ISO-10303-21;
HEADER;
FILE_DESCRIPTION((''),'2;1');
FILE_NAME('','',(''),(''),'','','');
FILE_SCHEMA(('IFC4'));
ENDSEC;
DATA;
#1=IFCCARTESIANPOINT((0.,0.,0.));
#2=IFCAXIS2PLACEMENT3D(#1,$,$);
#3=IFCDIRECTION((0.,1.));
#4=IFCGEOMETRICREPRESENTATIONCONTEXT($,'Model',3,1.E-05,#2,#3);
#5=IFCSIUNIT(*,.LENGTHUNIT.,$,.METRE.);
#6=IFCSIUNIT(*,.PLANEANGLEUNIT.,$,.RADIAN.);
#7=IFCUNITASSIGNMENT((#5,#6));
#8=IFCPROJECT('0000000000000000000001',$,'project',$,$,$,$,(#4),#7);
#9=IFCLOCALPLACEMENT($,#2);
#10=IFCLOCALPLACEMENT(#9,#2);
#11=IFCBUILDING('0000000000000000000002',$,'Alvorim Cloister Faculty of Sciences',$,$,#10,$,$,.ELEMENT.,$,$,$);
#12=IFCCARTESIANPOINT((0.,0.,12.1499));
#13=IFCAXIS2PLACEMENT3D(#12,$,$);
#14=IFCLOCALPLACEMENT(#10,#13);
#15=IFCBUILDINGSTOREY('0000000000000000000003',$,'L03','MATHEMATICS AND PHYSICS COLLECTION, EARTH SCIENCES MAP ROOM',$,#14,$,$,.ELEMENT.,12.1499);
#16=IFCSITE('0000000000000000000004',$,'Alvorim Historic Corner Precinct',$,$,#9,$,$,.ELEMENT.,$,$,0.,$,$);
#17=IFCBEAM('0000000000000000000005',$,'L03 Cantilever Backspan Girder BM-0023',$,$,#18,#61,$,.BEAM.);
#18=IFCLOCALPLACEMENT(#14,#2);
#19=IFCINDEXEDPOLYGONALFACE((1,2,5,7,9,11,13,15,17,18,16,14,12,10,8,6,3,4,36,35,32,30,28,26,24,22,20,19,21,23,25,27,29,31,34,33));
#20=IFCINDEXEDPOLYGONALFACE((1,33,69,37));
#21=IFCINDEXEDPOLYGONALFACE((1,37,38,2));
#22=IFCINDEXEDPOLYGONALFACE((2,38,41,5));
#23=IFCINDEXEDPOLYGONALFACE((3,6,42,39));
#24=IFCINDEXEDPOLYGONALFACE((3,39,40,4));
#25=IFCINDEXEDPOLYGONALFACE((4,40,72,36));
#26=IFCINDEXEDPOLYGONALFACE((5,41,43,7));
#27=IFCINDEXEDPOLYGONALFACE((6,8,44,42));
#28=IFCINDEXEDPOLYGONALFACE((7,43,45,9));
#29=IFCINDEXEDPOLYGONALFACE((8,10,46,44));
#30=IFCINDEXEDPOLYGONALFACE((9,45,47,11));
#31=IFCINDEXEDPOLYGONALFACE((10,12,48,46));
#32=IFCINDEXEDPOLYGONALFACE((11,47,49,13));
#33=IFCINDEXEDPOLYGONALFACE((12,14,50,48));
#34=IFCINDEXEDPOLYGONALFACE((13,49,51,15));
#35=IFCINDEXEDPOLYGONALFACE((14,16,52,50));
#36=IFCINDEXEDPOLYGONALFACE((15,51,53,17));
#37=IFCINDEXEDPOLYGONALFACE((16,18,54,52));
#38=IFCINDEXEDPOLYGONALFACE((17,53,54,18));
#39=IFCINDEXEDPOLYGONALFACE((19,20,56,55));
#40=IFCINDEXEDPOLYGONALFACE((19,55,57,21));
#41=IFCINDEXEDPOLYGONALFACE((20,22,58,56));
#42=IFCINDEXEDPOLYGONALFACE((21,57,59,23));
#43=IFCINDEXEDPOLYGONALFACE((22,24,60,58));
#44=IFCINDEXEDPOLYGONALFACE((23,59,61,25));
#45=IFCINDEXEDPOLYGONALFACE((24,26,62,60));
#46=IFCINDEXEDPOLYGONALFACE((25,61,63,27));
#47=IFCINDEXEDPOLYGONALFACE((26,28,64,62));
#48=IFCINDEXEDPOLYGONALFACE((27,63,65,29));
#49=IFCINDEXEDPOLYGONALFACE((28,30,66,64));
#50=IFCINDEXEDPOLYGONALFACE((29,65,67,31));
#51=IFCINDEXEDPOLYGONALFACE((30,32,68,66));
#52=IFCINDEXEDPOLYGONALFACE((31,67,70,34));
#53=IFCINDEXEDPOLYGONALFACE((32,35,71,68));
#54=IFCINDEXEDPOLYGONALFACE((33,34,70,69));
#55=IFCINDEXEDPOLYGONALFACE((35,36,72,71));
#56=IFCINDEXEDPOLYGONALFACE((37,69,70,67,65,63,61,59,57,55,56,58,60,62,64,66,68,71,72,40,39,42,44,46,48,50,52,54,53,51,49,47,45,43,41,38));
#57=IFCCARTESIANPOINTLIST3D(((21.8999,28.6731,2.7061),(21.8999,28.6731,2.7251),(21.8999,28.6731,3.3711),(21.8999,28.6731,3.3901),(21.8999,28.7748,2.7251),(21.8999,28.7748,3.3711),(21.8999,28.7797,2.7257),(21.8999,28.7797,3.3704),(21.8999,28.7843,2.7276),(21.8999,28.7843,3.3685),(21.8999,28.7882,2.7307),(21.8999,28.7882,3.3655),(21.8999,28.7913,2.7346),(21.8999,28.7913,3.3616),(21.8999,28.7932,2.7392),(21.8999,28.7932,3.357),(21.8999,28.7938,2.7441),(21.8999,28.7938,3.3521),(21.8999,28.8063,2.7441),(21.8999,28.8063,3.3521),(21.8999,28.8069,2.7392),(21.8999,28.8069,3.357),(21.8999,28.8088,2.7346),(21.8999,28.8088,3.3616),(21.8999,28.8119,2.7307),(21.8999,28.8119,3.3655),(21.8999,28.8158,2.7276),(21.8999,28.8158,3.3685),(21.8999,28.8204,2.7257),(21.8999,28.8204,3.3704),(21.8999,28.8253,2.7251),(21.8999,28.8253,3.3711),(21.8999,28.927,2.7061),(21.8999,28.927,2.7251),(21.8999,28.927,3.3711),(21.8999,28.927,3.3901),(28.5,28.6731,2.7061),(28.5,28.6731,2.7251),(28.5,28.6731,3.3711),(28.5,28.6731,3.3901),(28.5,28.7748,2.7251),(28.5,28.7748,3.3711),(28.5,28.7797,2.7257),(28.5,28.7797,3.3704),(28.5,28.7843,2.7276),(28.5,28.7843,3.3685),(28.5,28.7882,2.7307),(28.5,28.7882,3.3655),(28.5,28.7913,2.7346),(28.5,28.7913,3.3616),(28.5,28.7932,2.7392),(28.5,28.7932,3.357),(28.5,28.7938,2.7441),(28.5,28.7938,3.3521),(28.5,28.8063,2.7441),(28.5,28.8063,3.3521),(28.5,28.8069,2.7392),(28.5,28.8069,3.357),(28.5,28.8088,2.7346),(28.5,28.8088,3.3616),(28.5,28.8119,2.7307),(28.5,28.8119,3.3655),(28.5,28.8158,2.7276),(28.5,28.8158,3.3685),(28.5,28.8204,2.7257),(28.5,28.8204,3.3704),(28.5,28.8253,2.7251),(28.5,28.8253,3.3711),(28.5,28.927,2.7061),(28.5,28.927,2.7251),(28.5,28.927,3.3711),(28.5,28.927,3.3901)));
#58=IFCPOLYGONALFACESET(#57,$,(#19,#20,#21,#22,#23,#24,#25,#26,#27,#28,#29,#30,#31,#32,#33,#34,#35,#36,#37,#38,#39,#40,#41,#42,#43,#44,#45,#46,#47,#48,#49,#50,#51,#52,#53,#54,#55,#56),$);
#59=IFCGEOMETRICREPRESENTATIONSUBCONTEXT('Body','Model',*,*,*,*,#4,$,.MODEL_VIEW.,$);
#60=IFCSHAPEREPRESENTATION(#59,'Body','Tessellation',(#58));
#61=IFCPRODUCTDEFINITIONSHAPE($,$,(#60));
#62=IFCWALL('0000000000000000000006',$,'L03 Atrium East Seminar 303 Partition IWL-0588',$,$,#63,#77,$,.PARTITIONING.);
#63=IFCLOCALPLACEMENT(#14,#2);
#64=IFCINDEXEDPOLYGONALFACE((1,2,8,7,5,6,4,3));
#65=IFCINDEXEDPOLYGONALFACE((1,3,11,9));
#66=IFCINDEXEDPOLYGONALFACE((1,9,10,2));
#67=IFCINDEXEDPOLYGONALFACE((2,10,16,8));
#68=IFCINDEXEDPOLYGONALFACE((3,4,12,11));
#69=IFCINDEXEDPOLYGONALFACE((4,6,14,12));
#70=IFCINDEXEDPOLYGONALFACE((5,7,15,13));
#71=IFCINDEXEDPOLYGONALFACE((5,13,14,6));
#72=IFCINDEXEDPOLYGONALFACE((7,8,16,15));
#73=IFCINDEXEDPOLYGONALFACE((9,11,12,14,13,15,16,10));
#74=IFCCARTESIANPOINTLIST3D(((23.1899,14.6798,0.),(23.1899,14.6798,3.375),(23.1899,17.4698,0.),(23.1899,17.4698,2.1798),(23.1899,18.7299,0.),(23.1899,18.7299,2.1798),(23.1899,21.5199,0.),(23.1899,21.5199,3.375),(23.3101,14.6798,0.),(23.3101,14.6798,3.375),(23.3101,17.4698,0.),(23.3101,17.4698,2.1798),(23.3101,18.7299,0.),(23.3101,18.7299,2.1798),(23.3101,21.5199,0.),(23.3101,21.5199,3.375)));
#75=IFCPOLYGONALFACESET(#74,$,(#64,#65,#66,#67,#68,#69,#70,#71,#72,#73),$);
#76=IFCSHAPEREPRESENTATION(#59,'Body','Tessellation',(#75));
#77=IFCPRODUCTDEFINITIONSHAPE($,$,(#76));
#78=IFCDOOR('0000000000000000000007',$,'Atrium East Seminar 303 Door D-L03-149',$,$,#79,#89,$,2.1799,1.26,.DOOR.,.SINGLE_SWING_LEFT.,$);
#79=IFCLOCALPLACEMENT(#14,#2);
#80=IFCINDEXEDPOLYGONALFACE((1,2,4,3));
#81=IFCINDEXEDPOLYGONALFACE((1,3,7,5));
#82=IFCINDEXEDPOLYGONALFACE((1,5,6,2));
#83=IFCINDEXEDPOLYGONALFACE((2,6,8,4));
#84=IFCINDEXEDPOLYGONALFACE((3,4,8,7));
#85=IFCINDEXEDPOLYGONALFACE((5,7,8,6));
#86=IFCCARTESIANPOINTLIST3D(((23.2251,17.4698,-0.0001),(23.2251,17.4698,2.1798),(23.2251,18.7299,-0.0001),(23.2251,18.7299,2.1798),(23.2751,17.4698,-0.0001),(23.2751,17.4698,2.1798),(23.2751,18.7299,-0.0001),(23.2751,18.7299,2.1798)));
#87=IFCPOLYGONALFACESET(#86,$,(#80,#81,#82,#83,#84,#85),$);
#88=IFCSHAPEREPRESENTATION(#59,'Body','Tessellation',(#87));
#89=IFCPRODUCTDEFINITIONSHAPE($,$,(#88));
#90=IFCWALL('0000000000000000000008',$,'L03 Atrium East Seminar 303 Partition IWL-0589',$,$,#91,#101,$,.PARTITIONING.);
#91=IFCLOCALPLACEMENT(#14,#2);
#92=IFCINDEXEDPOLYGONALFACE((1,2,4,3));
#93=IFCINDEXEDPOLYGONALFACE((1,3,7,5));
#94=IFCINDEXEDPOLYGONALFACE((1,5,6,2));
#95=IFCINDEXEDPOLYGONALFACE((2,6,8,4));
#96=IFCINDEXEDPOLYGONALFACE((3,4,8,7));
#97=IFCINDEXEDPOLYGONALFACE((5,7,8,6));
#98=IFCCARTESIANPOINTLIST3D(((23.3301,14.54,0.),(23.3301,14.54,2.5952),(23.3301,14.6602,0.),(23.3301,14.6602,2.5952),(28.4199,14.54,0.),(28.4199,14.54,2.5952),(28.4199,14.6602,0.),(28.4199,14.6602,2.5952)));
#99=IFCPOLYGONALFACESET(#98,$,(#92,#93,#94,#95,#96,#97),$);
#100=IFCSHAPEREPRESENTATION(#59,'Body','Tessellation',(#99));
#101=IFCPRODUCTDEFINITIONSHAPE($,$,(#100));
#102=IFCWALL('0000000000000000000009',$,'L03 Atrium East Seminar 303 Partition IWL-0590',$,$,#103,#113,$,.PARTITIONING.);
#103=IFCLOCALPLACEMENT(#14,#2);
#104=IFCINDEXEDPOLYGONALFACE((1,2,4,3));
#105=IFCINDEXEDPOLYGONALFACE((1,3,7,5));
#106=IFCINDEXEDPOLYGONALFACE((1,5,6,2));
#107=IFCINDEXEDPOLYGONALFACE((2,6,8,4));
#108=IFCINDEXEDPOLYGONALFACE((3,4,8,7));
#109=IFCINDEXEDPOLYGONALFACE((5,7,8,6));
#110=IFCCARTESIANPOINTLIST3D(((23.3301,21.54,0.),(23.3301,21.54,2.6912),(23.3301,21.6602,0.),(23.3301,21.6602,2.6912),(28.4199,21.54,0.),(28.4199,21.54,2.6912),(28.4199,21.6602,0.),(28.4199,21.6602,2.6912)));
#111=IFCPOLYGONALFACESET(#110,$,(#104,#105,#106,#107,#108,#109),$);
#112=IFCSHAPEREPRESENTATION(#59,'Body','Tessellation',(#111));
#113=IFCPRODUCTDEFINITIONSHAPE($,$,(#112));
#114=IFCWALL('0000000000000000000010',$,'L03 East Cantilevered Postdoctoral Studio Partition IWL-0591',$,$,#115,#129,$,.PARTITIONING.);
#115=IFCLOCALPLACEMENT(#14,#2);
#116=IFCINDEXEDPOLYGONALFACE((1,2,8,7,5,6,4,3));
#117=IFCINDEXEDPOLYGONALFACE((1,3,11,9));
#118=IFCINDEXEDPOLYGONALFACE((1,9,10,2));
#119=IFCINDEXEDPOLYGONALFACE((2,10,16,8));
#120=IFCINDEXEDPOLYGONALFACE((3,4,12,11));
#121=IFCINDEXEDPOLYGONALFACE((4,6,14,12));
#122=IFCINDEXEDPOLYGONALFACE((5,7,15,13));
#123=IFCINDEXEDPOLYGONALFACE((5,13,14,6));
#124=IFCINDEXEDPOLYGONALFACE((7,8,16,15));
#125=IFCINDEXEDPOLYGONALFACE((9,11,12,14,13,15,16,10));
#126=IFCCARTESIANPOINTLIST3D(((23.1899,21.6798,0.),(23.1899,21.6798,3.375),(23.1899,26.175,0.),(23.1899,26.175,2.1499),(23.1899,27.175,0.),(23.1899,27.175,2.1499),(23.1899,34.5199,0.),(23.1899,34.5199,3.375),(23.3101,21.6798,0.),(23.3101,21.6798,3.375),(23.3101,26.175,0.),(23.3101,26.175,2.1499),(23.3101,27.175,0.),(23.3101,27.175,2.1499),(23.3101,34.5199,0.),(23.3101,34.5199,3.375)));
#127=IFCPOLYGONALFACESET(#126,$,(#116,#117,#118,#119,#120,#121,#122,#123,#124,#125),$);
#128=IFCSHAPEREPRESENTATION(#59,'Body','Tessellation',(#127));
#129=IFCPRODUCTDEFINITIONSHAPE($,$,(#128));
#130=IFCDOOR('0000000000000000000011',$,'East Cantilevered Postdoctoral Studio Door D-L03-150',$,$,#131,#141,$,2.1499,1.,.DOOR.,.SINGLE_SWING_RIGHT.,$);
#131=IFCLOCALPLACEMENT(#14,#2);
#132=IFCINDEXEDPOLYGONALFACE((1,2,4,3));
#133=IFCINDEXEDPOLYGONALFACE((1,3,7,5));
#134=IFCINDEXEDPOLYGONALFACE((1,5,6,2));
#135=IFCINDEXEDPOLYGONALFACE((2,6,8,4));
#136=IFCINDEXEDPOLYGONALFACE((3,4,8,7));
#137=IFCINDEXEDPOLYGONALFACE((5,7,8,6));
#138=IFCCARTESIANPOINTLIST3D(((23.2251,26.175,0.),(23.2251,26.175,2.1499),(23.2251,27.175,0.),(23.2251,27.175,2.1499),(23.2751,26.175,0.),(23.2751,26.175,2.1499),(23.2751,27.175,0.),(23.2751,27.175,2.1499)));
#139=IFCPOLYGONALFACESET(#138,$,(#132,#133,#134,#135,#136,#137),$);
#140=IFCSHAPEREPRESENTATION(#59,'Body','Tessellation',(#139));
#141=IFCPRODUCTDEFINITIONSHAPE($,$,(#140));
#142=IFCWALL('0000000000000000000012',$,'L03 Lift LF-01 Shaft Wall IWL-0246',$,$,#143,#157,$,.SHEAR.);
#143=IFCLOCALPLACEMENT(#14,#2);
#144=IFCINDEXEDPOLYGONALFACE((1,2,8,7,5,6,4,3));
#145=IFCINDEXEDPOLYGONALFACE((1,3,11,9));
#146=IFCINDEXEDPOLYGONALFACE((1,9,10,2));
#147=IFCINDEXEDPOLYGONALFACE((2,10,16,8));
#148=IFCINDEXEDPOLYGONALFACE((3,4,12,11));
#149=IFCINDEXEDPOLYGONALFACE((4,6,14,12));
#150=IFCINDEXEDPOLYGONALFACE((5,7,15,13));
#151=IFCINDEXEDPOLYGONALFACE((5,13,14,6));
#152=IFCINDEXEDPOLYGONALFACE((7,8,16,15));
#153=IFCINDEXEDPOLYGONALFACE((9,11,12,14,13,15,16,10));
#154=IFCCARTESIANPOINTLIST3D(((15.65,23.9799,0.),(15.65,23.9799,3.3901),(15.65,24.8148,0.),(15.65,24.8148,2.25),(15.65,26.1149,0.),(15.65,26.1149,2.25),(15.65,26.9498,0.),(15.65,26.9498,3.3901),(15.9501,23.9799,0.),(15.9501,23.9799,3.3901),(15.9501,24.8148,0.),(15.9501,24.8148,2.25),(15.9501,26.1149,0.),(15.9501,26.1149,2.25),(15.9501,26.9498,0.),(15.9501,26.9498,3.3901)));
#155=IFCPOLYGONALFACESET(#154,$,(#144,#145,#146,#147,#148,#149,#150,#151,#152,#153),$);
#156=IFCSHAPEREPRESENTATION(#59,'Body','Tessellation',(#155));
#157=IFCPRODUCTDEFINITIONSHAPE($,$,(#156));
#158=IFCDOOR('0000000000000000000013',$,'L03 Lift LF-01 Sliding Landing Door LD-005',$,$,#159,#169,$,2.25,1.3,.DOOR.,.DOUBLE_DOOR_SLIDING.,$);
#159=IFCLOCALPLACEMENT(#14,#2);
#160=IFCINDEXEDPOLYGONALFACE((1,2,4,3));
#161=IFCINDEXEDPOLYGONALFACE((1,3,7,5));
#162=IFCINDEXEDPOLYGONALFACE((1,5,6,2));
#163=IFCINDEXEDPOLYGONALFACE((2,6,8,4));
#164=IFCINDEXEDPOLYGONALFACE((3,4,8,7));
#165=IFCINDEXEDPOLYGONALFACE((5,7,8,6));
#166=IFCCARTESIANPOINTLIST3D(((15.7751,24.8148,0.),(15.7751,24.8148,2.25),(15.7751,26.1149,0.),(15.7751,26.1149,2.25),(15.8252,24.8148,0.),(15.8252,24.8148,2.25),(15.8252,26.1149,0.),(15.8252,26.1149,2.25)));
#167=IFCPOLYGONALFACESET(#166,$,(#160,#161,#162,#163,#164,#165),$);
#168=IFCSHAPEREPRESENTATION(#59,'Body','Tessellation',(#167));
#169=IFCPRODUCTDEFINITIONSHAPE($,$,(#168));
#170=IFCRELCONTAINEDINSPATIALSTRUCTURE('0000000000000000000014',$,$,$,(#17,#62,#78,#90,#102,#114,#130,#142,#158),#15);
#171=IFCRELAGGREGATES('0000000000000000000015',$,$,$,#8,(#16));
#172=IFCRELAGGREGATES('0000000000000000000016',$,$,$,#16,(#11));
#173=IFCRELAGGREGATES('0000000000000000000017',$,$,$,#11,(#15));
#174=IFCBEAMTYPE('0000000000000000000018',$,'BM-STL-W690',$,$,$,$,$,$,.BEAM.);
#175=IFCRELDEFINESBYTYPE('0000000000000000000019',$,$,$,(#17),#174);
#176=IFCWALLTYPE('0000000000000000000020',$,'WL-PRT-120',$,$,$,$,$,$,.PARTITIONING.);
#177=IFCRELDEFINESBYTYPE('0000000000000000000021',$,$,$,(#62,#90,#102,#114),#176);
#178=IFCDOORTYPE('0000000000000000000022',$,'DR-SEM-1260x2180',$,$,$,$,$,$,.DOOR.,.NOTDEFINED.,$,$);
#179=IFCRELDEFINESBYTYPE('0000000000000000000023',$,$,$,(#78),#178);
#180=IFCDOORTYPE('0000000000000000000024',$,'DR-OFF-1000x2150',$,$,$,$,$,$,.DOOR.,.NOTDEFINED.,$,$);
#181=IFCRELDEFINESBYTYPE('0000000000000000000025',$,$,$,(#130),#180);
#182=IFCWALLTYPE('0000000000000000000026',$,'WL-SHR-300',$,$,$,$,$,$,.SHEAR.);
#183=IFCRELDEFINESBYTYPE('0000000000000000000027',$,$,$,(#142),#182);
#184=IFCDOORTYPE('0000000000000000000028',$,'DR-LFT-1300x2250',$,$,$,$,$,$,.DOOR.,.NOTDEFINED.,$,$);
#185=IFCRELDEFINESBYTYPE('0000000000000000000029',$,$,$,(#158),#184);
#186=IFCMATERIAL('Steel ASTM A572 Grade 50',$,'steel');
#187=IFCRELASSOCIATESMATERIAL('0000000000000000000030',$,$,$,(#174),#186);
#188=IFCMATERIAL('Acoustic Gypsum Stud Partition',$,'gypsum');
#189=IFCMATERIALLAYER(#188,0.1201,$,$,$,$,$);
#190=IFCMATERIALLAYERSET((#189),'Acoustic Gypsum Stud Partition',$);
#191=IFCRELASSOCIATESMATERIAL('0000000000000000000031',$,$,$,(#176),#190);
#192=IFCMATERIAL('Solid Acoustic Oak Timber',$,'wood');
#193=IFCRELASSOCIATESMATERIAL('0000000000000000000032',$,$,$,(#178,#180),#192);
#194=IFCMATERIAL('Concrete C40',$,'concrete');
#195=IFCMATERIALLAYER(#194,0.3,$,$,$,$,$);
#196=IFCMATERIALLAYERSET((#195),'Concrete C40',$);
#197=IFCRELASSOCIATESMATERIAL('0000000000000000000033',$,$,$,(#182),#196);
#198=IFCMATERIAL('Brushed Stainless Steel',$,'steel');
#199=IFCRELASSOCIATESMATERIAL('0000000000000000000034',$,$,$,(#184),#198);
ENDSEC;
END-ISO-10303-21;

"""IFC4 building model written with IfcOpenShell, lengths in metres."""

from ifc_helpers import new_model, si_unit, direction, frame, frame_2d, origin, origin_2d, place, context, subcontext, project, spatial, rectangle, i_section, extrude, material, layer, layer_set, material_profile, profile_set, type_object, element, fill, save


model = new_model("IFC4")

# Units and contexts
model_context = context("Model", 3, precision=1e-05, world=origin(), true_north=direction((0.0, 1.0)))
body_context = subcontext(model_context, "Body", "Model", "MODEL_VIEW")
ifc_project = project(units=[si_unit("LENGTHUNIT", "METRE"), si_unit("PLANEANGLEUNIT", "RADIAN")], contexts=[model_context])

# Site, building, storey
site_placement = place(None, origin())
site = spatial("IfcSite", under=ifc_project, at=site_placement, Name="Alvorim Historic Corner Precinct", CompositionType="ELEMENT", RefElevation=0.0)
building_placement = place(site_placement, origin())
building = spatial("IfcBuilding", under=site, at=building_placement, Name="Alvorim Cloister Faculty of Sciences", CompositionType="ELEMENT")
storey_placement = place(building_placement, frame((0.0, 0.0, 12.1499)))
storey = spatial("IfcBuildingStorey", under=building, at=storey_placement, Name="L03", Description="MATHEMATICS AND PHYSICS COLLECTION, EARTH SCIENCES MAP ROOM", CompositionType="ELEMENT", Elevation=12.1499)

# Beam
ifc_material_1 = material(Name="Steel ASTM A572 Grade 50", Category="steel")
ifc_material_profile_1 = material_profile(ifc_material_1, i_section(OverallWidth=0.2539, OverallDepth=0.6841, WebThickness=0.0125, FlangeThickness=0.019, FilletRadius=0.019, at=origin_2d()), Name="W690x140.0")
ifc_profile_set_1 = profile_set([ifc_material_profile_1], Name="Steel ASTM A572 Grade 50")
beam_type_1 = type_object("IfcBeamType", Name="BM-STL-W690", PredefinedType="BEAM", material=ifc_profile_set_1)
for number, where, z_axis, x_axis, name in (
    (1, (21.8999, 28.8, 3.0481), (1.0, 0.0, 0.0), (0.0, 1.0, 0.0), "L03 Cantilever Backspan Girder BM-0023"),
):
    element("IfcBeam", number, at=place(storey_placement, frame(where, z_axis=z_axis, x_axis=x_axis)), inside=storey, type_object=beam_type_1, Name=name, PredefinedType="BEAM", context=body_context, shape_type="SweptSolid", body=[
        extrude(i_section(OverallWidth=0.2539, OverallDepth=0.6841, WebThickness=0.0125, FlangeThickness=0.019, FilletRadius=0.019, at=origin_2d()), origin(), (0.0, 0.0, 1.0), 6.6001),
    ])

# Wall, opening, door
ifc_material_2 = material(Name="Acoustic Gypsum Stud Partition", Category="gypsum")
ifc_layer_1 = layer(ifc_material_2, 0.1201)
ifc_layer_set_1 = layer_set([ifc_layer_1], Name="Acoustic Gypsum Stud Partition")
wall_type_1 = type_object("IfcWallType", Name="WL-PRT-120", PredefinedType="PARTITIONING", material=ifc_layer_set_1)
wall_1_placement = place(storey_placement, frame((23.25, 14.6799, 0.0), z_axis=(0.0, 0.0, 1.0), x_axis=(0.0, 1.0, 0.0)))
wall_1 = element("IfcWall", 2, at=wall_1_placement, inside=storey, type_object=wall_type_1, Name="L03 Atrium East Seminar 303 Partition IWL-0588", PredefinedType="PARTITIONING", context=body_context, shape_type="SweptSolid", body=[
    extrude(rectangle(XDim=6.8401, YDim=0.1201, at=frame_2d((3.4199, 0.0))), origin(), (0.0, 0.0, 1.0), 3.375),
])
opening_1_placement = place(wall_1_placement, frame((2.79, 0.0, 0.0)))
opening_1 = element("IfcOpeningElement", 3, at=opening_1_placement, cuts=wall_1, PredefinedType="OPENING", context=body_context, shape_type="SweptSolid", body=[
    extrude(rectangle(XDim=1.26, YDim=2.1799, at=frame_2d((0.6299, 1.0898))), frame((0.0, 0.072, 0.0), z_axis=(0.0, -1.0, 0.0), x_axis=(1.0, 0.0, 0.0)), (0.0, 0.0, 1.0), 0.144),
])
ifc_material_3 = material(Name="Solid Acoustic Oak Timber", Category="wood")
door_type_1 = type_object("IfcDoorType", Name="DR-SEM-1260x2180", OperationType="NOTDEFINED", PredefinedType="DOOR", material=ifc_material_3)
door_1_placement = place(opening_1_placement, origin())
door_1 = element("IfcDoor", 4, at=door_1_placement, inside=storey, type_object=door_type_1, Name="Atrium East Seminar 303 Door D-L03-149", OperationType="SINGLE_SWING_LEFT", OverallHeight=2.1799, OverallWidth=1.26, PredefinedType="DOOR", context=body_context, shape_type="SweptSolid", body=[
    extrude(rectangle(XDim=1.26, YDim=2.1799, at=frame_2d((0.6299, 1.0898))), frame((0.0, 0.0249, 0.0), z_axis=(0.0, -1.0, 0.0), x_axis=(1.0, 0.0, 0.0)), (0.0, 0.0, 1.0), 0.05),
])
fill(opening_1, door_1)

# Walls
wall_2_placement = place(storey_placement, frame((23.3301, 14.6001, 0.0), z_axis=(0.0, 0.0, 1.0), x_axis=(1.0, 0.0, 0.0)))
element("IfcWall", 5, at=wall_2_placement, inside=storey, type_object=wall_type_1, Name="L03 Atrium East Seminar 303 Partition IWL-0589", PredefinedType="PARTITIONING", context=body_context, shape_type="SweptSolid", body=[
    extrude(rectangle(XDim=5.0898, YDim=0.1201, at=frame_2d((2.5449, 0.0))), origin(), (0.0, 0.0, 1.0), 2.5952),
])
wall_3_placement = place(storey_placement, frame((23.3301, 21.6001, 0.0), z_axis=(0.0, 0.0, 1.0), x_axis=(1.0, 0.0, 0.0)))
element("IfcWall", 6, at=wall_3_placement, inside=storey, type_object=wall_type_1, Name="L03 Atrium East Seminar 303 Partition IWL-0590", PredefinedType="PARTITIONING", context=body_context, shape_type="SweptSolid", body=[
    extrude(rectangle(XDim=5.0898, YDim=0.1201, at=frame_2d((2.5449, 0.0))), origin(), (0.0, 0.0, 1.0), 2.6912),
])

# Walls, openings, doors
wall_4_placement = place(storey_placement, frame((23.25, 21.6799, 0.0), z_axis=(0.0, 0.0, 1.0), x_axis=(0.0, 1.0, 0.0)))
wall_4 = element("IfcWall", 7, at=wall_4_placement, inside=storey, type_object=wall_type_1, Name="L03 East Cantilevered Postdoctoral Studio Partition IWL-0591", PredefinedType="PARTITIONING", context=body_context, shape_type="SweptSolid", body=[
    extrude(rectangle(XDim=12.8401, YDim=0.1201, at=frame_2d((6.4199, 0.0))), origin(), (0.0, 0.0, 1.0), 3.375),
])
opening_2_placement = place(wall_4_placement, frame((4.4951, 0.0, 0.0)))
opening_2 = element("IfcOpeningElement", 8, at=opening_2_placement, cuts=wall_4, PredefinedType="OPENING", context=body_context, shape_type="SweptSolid", body=[
    extrude(rectangle(XDim=1.0, YDim=2.1499, at=frame_2d((0.5, 1.075))), frame((0.0, 0.072, 0.0), z_axis=(0.0, -1.0, 0.0), x_axis=(1.0, 0.0, 0.0)), (0.0, 0.0, 1.0), 0.144),
])
door_type_2 = type_object("IfcDoorType", Name="DR-OFF-1000x2150", OperationType="NOTDEFINED", PredefinedType="DOOR", material=ifc_material_3)
door_2_placement = place(opening_2_placement, origin())
door_2 = element("IfcDoor", 9, at=door_2_placement, inside=storey, type_object=door_type_2, Name="East Cantilevered Postdoctoral Studio Door D-L03-150", OperationType="SINGLE_SWING_RIGHT", OverallHeight=2.1499, OverallWidth=1.0, PredefinedType="DOOR", context=body_context, shape_type="SweptSolid", body=[
    extrude(rectangle(XDim=1.0, YDim=2.1499, at=frame_2d((0.5, 1.075))), frame((0.0, 0.0249, 0.0), z_axis=(0.0, -1.0, 0.0), x_axis=(1.0, 0.0, 0.0)), (0.0, 0.0, 1.0), 0.05),
])
fill(opening_2, door_2)
ifc_material_4 = material(Name="Concrete C40", Category="concrete")
ifc_layer_2 = layer(ifc_material_4, 0.3)
ifc_layer_set_2 = layer_set([ifc_layer_2], Name="Concrete C40")
wall_type_2 = type_object("IfcWallType", Name="WL-SHR-300", PredefinedType="SHEAR", material=ifc_layer_set_2)
wall_5_placement = place(storey_placement, frame((15.8, 23.98, 0.0), z_axis=(0.0, 0.0, 1.0), x_axis=(0.0, 1.0, 0.0)))
wall_5 = element("IfcWall", 10, at=wall_5_placement, inside=storey, type_object=wall_type_2, Name="L03 Lift LF-01 Shaft Wall IWL-0246", PredefinedType="SHEAR", context=body_context, shape_type="SweptSolid", body=[
    extrude(rectangle(XDim=2.97, YDim=0.3, at=frame_2d((1.4849, 0.0))), origin(), (0.0, 0.0, 1.0), 3.3901),
])
opening_3_placement = place(wall_5_placement, frame((0.835, 0.0, 0.0)))
opening_3 = element("IfcOpeningElement", 11, at=opening_3_placement, cuts=wall_5, PredefinedType="OPENING", context=body_context, shape_type="SweptSolid", body=[
    extrude(rectangle(XDim=1.3, YDim=2.25, at=frame_2d((0.6499, 1.125))), frame((0.0, 0.1621, 0.0), z_axis=(0.0, -1.0, 0.0), x_axis=(1.0, 0.0, 0.0)), (0.0, 0.0, 1.0), 0.324),
])
ifc_material_5 = material(Name="Brushed Stainless Steel", Category="steel")
door_type_3 = type_object("IfcDoorType", Name="DR-LFT-1300x2250", OperationType="NOTDEFINED", PredefinedType="DOOR", material=ifc_material_5)
door_3_placement = place(opening_3_placement, origin())
door_3 = element("IfcDoor", 12, at=door_3_placement, inside=storey, type_object=door_type_3, Name="L03 Lift LF-01 Sliding Landing Door LD-005", OperationType="DOUBLE_DOOR_SLIDING", OverallHeight=2.25, OverallWidth=1.3, PredefinedType="DOOR", context=body_context, shape_type="SweptSolid", body=[
    extrude(rectangle(XDim=1.3, YDim=2.25, at=frame_2d((0.6499, 1.125))), frame((0.0, 0.0249, 0.0), z_axis=(0.0, -1.0, 0.0), x_axis=(1.0, 0.0, 0.0)), (0.0, 0.0, 1.0), 0.05),
])
fill(opening_3, door_3)

save(model, "model.ifc")
